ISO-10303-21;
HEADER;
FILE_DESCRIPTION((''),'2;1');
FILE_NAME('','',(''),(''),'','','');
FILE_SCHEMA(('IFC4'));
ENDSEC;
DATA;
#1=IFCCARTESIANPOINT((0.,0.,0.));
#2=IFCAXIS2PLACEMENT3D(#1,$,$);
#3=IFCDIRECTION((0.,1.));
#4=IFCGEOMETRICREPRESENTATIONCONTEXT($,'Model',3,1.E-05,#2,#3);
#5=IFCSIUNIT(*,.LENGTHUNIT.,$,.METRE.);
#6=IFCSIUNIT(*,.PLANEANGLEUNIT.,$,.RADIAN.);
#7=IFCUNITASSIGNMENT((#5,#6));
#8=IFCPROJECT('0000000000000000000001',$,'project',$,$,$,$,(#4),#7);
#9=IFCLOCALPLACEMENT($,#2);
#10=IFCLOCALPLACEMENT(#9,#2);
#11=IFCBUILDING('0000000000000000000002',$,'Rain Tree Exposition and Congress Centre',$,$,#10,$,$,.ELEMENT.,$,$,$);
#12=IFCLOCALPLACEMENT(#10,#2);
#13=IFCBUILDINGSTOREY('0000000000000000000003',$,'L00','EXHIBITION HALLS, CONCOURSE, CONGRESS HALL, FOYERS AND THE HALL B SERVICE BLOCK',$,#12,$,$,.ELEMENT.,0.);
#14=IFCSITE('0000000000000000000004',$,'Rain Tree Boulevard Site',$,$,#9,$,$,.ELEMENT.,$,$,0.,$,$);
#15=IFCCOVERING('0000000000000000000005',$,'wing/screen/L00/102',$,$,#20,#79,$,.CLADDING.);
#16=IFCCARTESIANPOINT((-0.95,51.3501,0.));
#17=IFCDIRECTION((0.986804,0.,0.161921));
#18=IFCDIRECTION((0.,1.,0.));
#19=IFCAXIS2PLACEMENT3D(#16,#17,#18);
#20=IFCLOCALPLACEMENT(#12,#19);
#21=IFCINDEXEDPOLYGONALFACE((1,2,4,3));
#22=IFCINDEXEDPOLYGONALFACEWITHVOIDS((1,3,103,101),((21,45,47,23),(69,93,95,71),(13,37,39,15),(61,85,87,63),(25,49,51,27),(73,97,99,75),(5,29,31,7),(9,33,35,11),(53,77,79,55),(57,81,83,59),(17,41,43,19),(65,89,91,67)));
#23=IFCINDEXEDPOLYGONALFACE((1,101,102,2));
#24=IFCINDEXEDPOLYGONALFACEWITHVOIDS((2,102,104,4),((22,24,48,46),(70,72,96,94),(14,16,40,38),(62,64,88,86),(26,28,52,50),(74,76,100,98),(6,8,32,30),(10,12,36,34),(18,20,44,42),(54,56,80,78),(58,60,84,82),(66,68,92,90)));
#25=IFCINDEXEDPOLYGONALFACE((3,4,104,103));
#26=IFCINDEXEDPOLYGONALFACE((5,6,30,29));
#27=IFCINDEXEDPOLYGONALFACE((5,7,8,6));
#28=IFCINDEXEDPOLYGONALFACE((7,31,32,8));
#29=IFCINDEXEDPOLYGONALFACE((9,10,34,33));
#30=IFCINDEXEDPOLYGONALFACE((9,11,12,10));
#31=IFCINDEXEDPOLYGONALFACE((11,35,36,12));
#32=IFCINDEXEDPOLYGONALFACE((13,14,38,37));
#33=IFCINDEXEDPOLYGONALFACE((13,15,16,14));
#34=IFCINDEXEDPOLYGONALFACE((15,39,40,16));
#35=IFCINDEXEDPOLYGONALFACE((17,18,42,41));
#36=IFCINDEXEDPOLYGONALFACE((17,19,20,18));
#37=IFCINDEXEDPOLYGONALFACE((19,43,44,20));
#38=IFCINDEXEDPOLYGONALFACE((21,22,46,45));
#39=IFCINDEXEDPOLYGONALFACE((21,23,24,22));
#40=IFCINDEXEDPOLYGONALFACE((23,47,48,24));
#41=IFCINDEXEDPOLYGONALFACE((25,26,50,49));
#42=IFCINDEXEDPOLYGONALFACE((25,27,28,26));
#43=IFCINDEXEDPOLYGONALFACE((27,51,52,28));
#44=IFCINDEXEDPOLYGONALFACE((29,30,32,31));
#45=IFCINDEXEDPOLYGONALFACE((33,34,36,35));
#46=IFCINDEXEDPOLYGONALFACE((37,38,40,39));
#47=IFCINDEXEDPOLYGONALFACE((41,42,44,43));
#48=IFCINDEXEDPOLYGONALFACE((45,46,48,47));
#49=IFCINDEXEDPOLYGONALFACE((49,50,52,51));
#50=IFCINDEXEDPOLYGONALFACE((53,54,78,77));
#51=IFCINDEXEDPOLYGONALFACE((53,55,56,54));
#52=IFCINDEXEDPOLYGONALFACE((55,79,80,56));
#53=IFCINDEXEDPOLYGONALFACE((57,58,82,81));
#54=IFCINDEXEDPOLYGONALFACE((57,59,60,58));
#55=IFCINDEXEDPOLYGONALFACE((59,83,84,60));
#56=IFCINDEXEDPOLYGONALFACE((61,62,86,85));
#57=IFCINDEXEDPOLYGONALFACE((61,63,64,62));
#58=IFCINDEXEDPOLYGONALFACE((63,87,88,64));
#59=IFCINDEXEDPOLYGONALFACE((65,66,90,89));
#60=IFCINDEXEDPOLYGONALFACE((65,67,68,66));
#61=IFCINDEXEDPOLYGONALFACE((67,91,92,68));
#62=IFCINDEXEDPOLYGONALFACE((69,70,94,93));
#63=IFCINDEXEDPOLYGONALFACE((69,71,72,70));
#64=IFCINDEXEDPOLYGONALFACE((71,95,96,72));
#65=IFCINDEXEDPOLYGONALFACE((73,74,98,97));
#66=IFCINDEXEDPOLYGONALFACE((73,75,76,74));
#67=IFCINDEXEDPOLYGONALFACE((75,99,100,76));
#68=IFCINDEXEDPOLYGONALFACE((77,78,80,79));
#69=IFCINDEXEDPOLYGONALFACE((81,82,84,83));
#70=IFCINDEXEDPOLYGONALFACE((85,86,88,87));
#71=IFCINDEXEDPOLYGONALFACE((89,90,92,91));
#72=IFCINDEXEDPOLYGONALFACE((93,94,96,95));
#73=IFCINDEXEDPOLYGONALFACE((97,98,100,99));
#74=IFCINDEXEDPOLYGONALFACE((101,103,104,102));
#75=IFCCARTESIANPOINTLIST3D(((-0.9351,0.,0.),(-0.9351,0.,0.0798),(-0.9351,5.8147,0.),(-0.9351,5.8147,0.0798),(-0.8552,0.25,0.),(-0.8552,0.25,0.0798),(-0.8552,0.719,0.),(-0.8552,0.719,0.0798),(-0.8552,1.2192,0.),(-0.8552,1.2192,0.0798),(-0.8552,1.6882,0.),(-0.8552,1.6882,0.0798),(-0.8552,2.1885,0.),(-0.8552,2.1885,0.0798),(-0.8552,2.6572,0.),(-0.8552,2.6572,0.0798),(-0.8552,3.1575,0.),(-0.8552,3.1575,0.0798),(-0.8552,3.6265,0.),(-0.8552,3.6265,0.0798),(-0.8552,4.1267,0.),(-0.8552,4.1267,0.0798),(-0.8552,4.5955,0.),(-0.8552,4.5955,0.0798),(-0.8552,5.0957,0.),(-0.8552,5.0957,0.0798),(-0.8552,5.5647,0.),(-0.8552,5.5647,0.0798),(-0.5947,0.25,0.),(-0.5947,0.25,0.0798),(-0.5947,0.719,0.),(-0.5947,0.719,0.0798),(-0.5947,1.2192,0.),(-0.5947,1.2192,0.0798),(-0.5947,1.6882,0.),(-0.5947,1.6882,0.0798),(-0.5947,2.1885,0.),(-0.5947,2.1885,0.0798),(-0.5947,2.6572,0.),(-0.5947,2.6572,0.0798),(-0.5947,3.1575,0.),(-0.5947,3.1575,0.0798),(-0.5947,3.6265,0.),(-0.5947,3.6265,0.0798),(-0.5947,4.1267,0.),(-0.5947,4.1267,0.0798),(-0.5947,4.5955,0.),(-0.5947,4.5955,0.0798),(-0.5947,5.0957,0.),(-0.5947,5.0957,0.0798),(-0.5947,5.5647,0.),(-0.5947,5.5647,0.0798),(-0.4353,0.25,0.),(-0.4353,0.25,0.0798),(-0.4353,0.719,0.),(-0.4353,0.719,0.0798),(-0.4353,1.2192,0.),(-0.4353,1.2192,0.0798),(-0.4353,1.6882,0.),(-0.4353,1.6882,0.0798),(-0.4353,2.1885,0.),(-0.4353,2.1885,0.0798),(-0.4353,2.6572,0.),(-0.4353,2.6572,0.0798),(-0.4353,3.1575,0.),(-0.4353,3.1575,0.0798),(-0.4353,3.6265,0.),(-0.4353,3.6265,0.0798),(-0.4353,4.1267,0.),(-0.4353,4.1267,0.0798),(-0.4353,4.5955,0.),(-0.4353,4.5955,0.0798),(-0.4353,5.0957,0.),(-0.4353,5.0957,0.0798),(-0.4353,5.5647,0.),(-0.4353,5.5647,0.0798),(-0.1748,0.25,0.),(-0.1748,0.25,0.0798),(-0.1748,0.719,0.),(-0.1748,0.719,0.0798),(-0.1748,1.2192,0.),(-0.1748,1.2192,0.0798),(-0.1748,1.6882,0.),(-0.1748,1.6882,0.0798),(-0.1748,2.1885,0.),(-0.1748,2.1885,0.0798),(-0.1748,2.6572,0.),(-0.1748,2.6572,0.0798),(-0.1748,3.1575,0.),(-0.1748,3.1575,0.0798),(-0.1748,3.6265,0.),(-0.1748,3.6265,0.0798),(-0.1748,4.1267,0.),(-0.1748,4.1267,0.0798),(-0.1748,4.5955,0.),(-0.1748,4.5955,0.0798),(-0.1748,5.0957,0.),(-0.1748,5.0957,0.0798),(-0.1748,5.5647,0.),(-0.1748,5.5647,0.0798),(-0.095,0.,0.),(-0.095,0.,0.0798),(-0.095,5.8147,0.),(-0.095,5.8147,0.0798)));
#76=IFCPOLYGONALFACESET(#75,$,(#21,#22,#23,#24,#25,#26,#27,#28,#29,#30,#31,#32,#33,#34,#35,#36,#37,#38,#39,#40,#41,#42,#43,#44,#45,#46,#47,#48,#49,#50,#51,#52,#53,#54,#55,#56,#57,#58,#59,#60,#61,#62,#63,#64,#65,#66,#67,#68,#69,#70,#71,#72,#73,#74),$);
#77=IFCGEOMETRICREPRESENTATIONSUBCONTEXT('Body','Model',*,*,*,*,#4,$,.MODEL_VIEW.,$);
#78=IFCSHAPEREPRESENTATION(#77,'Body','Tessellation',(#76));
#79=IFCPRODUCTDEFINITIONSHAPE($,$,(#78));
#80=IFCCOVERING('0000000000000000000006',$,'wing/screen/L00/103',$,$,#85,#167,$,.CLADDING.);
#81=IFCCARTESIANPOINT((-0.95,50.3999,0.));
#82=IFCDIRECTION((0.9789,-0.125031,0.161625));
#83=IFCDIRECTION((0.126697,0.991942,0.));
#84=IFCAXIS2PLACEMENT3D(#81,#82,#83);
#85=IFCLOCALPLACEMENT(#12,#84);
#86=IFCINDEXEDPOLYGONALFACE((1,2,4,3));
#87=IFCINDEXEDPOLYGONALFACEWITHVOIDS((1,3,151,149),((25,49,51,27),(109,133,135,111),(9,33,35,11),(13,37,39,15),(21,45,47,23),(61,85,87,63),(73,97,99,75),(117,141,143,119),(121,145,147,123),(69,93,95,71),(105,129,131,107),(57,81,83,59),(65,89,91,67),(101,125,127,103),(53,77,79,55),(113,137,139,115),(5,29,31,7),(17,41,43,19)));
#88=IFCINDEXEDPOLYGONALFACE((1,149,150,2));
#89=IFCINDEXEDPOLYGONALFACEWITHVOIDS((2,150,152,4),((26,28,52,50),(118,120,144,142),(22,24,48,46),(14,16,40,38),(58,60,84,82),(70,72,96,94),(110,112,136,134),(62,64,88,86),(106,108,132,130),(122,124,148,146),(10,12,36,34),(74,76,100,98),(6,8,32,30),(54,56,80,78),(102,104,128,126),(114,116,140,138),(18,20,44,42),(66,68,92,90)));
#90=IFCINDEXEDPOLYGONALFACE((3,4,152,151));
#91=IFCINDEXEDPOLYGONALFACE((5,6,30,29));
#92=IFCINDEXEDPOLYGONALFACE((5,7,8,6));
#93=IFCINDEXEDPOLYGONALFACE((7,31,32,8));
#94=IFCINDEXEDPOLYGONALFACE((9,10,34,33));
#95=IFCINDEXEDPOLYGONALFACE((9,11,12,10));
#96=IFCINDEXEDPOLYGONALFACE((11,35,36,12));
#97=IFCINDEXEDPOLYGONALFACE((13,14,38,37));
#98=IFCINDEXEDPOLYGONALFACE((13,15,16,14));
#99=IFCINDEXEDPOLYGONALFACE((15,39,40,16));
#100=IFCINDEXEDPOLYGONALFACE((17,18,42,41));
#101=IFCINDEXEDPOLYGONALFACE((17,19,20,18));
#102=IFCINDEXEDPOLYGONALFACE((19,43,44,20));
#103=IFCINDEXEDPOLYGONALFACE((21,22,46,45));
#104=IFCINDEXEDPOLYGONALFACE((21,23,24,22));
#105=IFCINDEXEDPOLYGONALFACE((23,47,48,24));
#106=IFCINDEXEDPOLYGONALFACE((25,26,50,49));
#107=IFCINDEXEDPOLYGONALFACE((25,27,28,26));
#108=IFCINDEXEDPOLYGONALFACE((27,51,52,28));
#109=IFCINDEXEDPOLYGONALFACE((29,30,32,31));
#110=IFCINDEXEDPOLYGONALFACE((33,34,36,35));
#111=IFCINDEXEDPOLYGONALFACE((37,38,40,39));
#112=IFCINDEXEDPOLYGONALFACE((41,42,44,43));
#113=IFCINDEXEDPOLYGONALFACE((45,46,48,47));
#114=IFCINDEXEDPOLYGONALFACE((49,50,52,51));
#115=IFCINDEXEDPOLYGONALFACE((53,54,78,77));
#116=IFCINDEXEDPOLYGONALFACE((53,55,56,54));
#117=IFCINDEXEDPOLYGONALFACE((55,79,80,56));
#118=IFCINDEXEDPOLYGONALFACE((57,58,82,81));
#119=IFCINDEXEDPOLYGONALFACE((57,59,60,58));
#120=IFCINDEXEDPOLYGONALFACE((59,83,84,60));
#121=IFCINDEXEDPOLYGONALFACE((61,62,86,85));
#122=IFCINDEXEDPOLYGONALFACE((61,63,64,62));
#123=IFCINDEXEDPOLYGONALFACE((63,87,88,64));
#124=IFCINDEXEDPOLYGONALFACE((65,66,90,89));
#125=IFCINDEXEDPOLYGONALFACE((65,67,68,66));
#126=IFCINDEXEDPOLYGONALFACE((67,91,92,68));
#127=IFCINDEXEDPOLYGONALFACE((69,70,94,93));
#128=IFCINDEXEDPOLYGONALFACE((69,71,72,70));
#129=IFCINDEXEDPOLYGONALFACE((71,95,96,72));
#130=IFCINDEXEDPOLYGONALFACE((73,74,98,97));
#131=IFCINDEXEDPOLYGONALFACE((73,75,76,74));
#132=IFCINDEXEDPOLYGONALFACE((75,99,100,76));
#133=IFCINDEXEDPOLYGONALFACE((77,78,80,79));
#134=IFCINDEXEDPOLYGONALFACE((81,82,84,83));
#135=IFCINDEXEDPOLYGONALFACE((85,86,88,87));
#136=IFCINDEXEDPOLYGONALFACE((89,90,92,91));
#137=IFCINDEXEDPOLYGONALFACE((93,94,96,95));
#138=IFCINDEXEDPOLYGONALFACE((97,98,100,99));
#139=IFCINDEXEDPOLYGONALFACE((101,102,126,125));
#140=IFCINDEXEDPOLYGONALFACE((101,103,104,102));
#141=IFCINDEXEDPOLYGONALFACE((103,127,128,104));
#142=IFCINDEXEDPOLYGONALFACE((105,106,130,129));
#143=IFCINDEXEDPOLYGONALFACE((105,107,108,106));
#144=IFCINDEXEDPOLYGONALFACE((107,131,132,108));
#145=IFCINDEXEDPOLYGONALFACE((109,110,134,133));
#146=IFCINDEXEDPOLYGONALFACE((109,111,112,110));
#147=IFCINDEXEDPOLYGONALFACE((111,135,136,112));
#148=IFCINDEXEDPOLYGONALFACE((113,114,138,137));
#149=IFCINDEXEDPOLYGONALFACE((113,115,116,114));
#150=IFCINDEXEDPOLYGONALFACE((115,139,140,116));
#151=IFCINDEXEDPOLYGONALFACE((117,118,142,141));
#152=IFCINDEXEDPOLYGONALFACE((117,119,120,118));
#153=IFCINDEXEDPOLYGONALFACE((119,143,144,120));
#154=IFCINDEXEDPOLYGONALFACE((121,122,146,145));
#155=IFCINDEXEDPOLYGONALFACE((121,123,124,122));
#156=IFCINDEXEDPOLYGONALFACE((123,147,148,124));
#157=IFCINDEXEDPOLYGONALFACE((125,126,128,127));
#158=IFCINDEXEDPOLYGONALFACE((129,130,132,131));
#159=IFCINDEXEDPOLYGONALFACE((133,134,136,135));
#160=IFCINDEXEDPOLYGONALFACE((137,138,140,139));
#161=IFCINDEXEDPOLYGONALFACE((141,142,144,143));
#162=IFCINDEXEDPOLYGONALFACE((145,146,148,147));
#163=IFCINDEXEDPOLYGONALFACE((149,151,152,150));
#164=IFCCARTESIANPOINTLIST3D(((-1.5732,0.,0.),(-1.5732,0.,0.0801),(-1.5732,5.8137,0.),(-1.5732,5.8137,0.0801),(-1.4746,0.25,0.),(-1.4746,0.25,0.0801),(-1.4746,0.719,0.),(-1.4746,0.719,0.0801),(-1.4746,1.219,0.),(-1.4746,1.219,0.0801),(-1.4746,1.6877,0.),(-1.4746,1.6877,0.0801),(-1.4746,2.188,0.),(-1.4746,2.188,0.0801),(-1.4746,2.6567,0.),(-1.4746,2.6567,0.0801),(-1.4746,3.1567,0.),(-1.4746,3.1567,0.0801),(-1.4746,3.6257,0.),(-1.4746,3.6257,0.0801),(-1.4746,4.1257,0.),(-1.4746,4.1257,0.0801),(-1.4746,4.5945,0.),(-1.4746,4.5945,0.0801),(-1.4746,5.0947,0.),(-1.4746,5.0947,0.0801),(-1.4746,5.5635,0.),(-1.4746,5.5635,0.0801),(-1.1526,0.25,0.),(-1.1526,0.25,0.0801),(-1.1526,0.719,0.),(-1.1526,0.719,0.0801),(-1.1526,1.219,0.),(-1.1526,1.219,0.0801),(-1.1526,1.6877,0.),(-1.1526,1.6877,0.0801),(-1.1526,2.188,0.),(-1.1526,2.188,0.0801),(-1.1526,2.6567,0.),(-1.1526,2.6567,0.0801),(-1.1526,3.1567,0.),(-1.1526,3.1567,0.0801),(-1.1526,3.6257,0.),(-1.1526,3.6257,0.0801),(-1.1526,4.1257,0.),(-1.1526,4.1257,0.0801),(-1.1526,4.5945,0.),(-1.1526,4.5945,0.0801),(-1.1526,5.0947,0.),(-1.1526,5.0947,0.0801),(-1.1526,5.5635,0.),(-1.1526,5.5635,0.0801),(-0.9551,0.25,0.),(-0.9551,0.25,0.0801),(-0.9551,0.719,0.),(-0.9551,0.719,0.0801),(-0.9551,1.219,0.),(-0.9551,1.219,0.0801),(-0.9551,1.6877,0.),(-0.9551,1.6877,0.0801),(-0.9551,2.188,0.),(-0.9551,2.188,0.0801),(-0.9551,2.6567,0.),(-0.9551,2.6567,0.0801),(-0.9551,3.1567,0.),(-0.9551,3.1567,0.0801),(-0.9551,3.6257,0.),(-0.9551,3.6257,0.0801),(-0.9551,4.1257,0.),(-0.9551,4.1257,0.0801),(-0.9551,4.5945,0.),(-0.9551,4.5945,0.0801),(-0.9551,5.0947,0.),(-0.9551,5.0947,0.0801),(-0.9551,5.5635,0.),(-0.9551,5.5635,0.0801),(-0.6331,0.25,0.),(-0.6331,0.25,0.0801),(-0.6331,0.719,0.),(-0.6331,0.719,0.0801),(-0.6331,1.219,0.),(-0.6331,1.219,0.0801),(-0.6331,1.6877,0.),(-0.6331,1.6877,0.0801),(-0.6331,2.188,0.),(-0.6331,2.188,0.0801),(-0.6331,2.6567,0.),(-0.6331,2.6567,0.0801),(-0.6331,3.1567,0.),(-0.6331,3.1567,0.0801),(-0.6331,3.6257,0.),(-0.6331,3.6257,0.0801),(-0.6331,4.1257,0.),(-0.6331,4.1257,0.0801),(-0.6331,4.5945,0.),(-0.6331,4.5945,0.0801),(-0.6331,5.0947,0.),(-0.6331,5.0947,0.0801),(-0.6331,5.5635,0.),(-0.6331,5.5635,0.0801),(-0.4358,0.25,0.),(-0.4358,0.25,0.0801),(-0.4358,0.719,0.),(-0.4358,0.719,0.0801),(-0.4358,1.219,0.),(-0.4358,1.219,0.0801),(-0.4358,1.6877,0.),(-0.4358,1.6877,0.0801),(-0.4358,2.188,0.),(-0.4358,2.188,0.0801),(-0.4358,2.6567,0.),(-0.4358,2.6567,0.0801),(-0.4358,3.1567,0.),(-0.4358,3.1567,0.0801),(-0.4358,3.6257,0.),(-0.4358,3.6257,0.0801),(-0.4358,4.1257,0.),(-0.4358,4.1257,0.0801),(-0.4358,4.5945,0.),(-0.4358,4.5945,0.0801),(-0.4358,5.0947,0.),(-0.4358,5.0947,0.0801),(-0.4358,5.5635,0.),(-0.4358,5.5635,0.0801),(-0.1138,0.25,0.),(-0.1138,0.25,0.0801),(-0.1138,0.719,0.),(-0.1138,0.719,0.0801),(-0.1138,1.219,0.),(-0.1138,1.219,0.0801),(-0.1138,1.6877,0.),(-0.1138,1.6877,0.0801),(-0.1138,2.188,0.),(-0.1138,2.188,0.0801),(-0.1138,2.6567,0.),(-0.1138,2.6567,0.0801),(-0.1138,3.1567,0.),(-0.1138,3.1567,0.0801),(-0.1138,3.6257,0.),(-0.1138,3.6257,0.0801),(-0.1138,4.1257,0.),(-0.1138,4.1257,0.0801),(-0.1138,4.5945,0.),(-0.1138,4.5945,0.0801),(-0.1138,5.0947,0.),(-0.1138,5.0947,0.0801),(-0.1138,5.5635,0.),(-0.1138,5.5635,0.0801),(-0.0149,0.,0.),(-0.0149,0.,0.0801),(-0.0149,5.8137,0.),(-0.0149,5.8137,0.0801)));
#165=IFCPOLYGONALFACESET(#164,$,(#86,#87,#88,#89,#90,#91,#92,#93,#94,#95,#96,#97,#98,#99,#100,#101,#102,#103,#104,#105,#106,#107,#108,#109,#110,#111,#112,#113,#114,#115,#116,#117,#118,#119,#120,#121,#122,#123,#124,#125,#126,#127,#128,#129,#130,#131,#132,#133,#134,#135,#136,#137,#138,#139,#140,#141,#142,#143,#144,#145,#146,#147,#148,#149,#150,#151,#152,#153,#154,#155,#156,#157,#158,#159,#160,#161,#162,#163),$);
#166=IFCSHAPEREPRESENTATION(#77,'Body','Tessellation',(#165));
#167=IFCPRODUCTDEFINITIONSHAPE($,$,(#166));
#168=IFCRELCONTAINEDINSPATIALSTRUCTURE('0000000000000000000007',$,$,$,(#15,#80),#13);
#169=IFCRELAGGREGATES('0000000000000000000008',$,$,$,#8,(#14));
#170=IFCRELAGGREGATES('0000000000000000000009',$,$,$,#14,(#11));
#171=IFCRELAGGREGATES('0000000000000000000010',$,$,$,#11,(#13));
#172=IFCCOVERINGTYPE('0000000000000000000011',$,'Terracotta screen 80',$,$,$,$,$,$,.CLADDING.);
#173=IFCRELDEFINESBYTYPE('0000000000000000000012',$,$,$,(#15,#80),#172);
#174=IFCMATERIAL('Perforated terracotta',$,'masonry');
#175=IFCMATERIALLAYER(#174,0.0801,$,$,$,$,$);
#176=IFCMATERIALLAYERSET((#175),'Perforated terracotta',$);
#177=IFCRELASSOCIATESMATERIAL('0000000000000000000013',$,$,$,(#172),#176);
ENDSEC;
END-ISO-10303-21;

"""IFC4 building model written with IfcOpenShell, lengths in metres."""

from ifc_helpers import new_model, si_unit, direction, frame, origin, place, context, subcontext, project, spatial, polyline, outline, extrude, material, layer, layer_set, type_object, element, save


model = new_model("IFC4")

# Units and contexts
model_context = context("Model", 3, precision=1e-05, world=origin(), true_north=direction((0.0, 1.0)))
body_context = subcontext(model_context, "Body", "Model", "MODEL_VIEW")
ifc_project = project(units=[si_unit("LENGTHUNIT", "METRE"), si_unit("PLANEANGLEUNIT", "RADIAN")], contexts=[model_context])

# Site, building, storey
site_placement = place(None, origin())
site = spatial("IfcSite", under=ifc_project, at=site_placement, Name="Rain Tree Boulevard Site", CompositionType="ELEMENT", RefElevation=0.0)
building_placement = place(site_placement, origin())
building = spatial("IfcBuilding", under=site, at=building_placement, Name="Rain Tree Exposition and Congress Centre", CompositionType="ELEMENT")
storey_placement = place(building_placement, origin())
storey = spatial("IfcBuildingStorey", under=building, at=storey_placement, Name="L00", Description="EXHIBITION HALLS, CONCOURSE, CONGRESS HALL, FOYERS AND THE HALL B SERVICE BLOCK", CompositionType="ELEMENT", Elevation=0.0)

# Coverings
ifc_material_1 = material(Name="Perforated terracotta", Category="masonry")
ifc_layer_1 = layer(ifc_material_1, 0.0801)
ifc_layer_set_1 = layer_set([ifc_layer_1], Name="Perforated terracotta")
covering_type = type_object("IfcCoveringType", Name="Terracotta screen 80", PredefinedType="CLADDING", material=ifc_layer_set_1)
covering_1_placement = place(storey_placement, frame((-0.95, 51.3501, 0.0), z_axis=(0.986804, 0.0, 0.161921), x_axis=(0.0, 1.0, 0.0)))
element("IfcCovering", 1, at=covering_1_placement, inside=storey, type_object=covering_type, Name="wing/screen/L00/102", PredefinedType="CLADDING", context=body_context, shape_type="SweptSolid", body=[
    extrude(outline(polyline([(-0.9351, 0.0), (-0.9351, 5.8147), (-0.095, 5.8147), (-0.095, 0.0), (-0.9351, 0.0)]), holes=[polyline([(-0.1748, 0.25), (-0.1748, 0.719), (-0.4353, 0.719), (-0.4353, 0.25), (-0.1748, 0.25)]), polyline([(-0.1748, 1.2192), (-0.1748, 1.6882), (-0.4353, 1.6882), (-0.4353, 1.2192), (-0.1748, 1.2192)]), polyline([(-0.1748, 2.1885), (-0.1748, 2.6572), (-0.4353, 2.6572), (-0.4353, 2.1885), (-0.1748, 2.1885)]), polyline([(-0.1748, 3.1575), (-0.1748, 3.6265), (-0.4353, 3.6265), (-0.4353, 3.1575), (-0.1748, 3.1575)]), polyline([(-0.1748, 4.1267), (-0.1748, 4.5955), (-0.4353, 4.5955), (-0.4353, 4.1267), (-0.1748, 4.1267)]), polyline([(-0.1748, 5.0957), (-0.1748, 5.5647), (-0.4353, 5.5647), (-0.4353, 5.0957), (-0.1748, 5.0957)]), polyline([(-0.5947, 0.25), (-0.5947, 0.719), (-0.8552, 0.719), (-0.8552, 0.25), (-0.5947, 0.25)]), polyline([(-0.5947, 1.2192), (-0.5947, 1.6882), (-0.8552, 1.6882), (-0.8552, 1.2192), (-0.5947, 1.2192)]), polyline([(-0.5947, 2.1885), (-0.5947, 2.6572), (-0.8552, 2.6572), (-0.8552, 2.1885), (-0.5947, 2.1885)]), polyline([(-0.5947, 3.1575), (-0.5947, 3.6265), (-0.8552, 3.6265), (-0.8552, 3.1575), (-0.5947, 3.1575)]), polyline([(-0.5947, 4.1267), (-0.5947, 4.5955), (-0.8552, 4.5955), (-0.8552, 4.1267), (-0.5947, 4.1267)]), polyline([(-0.5947, 5.0957), (-0.5947, 5.5647), (-0.8552, 5.5647), (-0.8552, 5.0957), (-0.5947, 5.0957)])]), origin(), (0.0, 0.0, 1.0), 0.0798),
])
covering_2_placement = place(storey_placement, frame((-0.95, 50.3999, 0.0), z_axis=(0.9789, -0.125031, 0.161625), x_axis=(0.126697, 0.991942, 0.0)))
element("IfcCovering", 2, at=covering_2_placement, inside=storey, type_object=covering_type, Name="wing/screen/L00/103", PredefinedType="CLADDING", context=body_context, shape_type="SweptSolid", body=[
    extrude(outline(polyline([(-1.5732, 0.0), (-1.5732, 5.8137), (-0.0149, 5.8137), (-0.0149, 0.0), (-1.5732, 0.0)]), holes=[polyline([(-0.1138, 0.25), (-0.1138, 0.719), (-0.4358, 0.719), (-0.4358, 0.25), (-0.1138, 0.25)]), polyline([(-0.1138, 1.219), (-0.1138, 1.6877), (-0.4358, 1.6877), (-0.4358, 1.219), (-0.1138, 1.219)]), polyline([(-0.1138, 2.188), (-0.1138, 2.6567), (-0.4358, 2.6567), (-0.4358, 2.188), (-0.1138, 2.188)]), polyline([(-0.1138, 3.1567), (-0.1138, 3.6257), (-0.4358, 3.6257), (-0.4358, 3.1567), (-0.1138, 3.1567)]), polyline([(-0.1138, 4.1257), (-0.1138, 4.5945), (-0.4358, 4.5945), (-0.4358, 4.1257), (-0.1138, 4.1257)]), polyline([(-0.1138, 5.0947), (-0.1138, 5.5635), (-0.4358, 5.5635), (-0.4358, 5.0947), (-0.1138, 5.0947)]), polyline([(-0.6331, 0.25), (-0.6331, 0.719), (-0.9551, 0.719), (-0.9551, 0.25), (-0.6331, 0.25)]), polyline([(-0.6331, 1.219), (-0.6331, 1.6877), (-0.9551, 1.6877), (-0.9551, 1.219), (-0.6331, 1.219)]), polyline([(-0.6331, 2.188), (-0.6331, 2.6567), (-0.9551, 2.6567), (-0.9551, 2.188), (-0.6331, 2.188)]), polyline([(-0.6331, 3.1567), (-0.6331, 3.6257), (-0.9551, 3.6257), (-0.9551, 3.1567), (-0.6331, 3.1567)]), polyline([(-0.6331, 4.1257), (-0.6331, 4.5945), (-0.9551, 4.5945), (-0.9551, 4.1257), (-0.6331, 4.1257)]), polyline([(-0.6331, 5.0947), (-0.6331, 5.5635), (-0.9551, 5.5635), (-0.9551, 5.0947), (-0.6331, 5.0947)]), polyline([(-1.1526, 0.25), (-1.1526, 0.719), (-1.4746, 0.719), (-1.4746, 0.25), (-1.1526, 0.25)]), polyline([(-1.1526, 1.219), (-1.1526, 1.6877), (-1.4746, 1.6877), (-1.4746, 1.219), (-1.1526, 1.219)]), polyline([(-1.1526, 2.188), (-1.1526, 2.6567), (-1.4746, 2.6567), (-1.4746, 2.188), (-1.1526, 2.188)]), polyline([(-1.1526, 3.1567), (-1.1526, 3.6257), (-1.4746, 3.6257), (-1.4746, 3.1567), (-1.1526, 3.1567)]), polyline([(-1.1526, 4.1257), (-1.1526, 4.5945), (-1.4746, 4.5945), (-1.4746, 4.1257), (-1.1526, 4.1257)]), polyline([(-1.1526, 5.0947), (-1.1526, 5.5635), (-1.4746, 5.5635), (-1.4746, 5.0947), (-1.1526, 5.0947)])]), origin(), (0.0, 0.0, 1.0), 0.0801),
])

save(model, "model.ifc")
